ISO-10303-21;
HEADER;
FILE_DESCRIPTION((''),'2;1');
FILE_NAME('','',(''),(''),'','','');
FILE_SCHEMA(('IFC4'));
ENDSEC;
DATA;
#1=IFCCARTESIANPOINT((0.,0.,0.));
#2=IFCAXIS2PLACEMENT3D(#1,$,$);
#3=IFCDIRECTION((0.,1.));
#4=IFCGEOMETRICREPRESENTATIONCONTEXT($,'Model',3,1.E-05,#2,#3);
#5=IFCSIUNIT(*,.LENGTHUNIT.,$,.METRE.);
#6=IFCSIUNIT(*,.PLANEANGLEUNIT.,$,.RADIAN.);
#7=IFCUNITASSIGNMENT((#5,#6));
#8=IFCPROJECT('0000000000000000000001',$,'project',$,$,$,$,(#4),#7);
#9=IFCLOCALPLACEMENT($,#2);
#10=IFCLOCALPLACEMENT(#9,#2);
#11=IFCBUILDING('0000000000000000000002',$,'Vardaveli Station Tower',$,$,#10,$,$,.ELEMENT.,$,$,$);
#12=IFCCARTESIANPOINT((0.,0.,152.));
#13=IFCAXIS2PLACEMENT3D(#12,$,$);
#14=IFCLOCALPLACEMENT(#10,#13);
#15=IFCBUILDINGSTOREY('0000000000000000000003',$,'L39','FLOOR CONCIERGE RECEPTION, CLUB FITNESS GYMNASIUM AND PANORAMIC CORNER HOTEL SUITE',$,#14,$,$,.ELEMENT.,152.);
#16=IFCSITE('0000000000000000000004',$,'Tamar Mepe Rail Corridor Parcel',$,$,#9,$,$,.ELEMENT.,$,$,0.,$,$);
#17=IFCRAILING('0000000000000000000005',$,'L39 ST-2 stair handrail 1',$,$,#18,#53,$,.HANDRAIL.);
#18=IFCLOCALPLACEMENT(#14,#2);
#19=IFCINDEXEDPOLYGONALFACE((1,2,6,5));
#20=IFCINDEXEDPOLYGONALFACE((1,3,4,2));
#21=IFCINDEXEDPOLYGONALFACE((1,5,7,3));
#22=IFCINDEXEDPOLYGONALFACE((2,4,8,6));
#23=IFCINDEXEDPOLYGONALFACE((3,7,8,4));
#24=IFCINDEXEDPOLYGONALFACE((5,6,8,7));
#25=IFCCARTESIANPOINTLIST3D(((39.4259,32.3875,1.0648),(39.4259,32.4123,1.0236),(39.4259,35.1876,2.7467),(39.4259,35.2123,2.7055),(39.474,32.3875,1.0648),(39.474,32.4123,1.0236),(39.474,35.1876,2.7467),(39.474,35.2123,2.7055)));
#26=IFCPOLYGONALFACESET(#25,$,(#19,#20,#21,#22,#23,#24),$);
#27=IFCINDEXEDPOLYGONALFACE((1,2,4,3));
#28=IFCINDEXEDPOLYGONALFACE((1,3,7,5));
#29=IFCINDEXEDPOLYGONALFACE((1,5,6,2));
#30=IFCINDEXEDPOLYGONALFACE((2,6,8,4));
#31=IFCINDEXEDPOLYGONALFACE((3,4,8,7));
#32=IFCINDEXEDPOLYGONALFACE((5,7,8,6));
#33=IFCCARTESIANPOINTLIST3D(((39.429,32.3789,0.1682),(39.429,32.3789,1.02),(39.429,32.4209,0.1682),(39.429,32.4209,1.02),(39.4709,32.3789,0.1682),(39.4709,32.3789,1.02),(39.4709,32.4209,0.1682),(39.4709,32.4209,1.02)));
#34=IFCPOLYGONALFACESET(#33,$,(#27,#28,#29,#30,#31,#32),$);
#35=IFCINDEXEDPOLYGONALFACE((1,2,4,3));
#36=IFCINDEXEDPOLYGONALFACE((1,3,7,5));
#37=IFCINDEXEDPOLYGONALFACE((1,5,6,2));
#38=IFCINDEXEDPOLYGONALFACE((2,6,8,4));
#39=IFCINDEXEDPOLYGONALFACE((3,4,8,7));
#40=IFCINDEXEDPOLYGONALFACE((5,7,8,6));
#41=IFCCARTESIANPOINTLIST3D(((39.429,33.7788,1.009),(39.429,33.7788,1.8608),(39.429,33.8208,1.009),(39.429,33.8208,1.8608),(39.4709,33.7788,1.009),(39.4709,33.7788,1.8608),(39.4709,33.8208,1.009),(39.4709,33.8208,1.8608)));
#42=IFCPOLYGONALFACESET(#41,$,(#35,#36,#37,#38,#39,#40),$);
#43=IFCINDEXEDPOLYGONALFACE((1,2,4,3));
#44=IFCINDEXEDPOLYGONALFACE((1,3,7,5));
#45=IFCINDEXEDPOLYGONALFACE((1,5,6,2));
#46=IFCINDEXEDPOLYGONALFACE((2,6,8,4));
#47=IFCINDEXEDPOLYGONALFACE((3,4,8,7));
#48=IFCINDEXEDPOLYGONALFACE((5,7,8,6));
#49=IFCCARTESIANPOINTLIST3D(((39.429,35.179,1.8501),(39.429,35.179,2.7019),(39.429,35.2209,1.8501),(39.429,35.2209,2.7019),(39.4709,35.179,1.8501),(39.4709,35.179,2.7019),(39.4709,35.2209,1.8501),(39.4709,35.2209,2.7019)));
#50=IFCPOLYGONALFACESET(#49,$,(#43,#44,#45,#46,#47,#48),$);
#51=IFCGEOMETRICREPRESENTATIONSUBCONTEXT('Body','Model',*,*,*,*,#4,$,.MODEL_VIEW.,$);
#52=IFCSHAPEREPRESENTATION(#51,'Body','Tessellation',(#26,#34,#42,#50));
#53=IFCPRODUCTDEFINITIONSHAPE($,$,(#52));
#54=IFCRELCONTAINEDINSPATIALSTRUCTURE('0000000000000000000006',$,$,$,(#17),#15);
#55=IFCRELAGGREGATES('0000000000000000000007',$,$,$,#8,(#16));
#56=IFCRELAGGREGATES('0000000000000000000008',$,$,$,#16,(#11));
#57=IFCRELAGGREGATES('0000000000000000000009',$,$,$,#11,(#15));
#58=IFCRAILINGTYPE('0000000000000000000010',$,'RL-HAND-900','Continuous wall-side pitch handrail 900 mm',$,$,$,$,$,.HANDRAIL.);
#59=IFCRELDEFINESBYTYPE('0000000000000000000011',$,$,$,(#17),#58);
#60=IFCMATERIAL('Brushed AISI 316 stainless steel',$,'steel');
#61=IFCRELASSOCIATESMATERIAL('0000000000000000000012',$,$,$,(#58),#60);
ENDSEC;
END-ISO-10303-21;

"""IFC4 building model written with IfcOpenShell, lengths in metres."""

from ifc_helpers import new_model, si_unit, direction, frame, origin, origin_2d, place, context, subcontext, project, spatial, rectangle, extrude, source, transform, mapped, material, type_object, element, save


model = new_model("IFC4")

# Units and contexts
model_context = context("Model", 3, precision=1e-05, world=origin(), true_north=direction((0.0, 1.0)))
body_context = subcontext(model_context, "Body", "Model", "MODEL_VIEW")
ifc_project = project(units=[si_unit("LENGTHUNIT", "METRE"), si_unit("PLANEANGLEUNIT", "RADIAN")], contexts=[model_context])

# Site, building, storey
site_placement = place(None, origin())
site = spatial("IfcSite", under=ifc_project, at=site_placement, Name="Tamar Mepe Rail Corridor Parcel", CompositionType="ELEMENT", RefElevation=0.0)
building_placement = place(site_placement, origin())
building = spatial("IfcBuilding", under=site, at=building_placement, Name="Vardaveli Station Tower", CompositionType="ELEMENT")
storey_placement = place(building_placement, frame((0.0, 0.0, 152.0)))
storey = spatial("IfcBuildingStorey", under=building, at=storey_placement, Name="L39", Description="FLOOR CONCIERGE RECEPTION, CLUB FITNESS GYMNASIUM AND PANORAMIC CORNER HOTEL SUITE", CompositionType="ELEMENT", Elevation=152.0)

# Railing
ifc_material_1 = material(Name="Brushed AISI 316 stainless steel", Category="steel")
railing_type_1 = type_object("IfcRailingType", Name="RL-HAND-900", Description="Continuous wall-side pitch handrail 900 mm", PredefinedType="HANDRAIL", material=ifc_material_1)
shared_shape_1 = source(origin(), body_context, "Body", "SweptSolid", [
    extrude(rectangle(XDim=0.0481, YDim=0.0481, at=origin_2d()), frame((0.0, 0.0, 0.876), z_axis=(0.0, 0.857242, 0.514913), x_axis=(-1.0, 0.0, 0.0)), (0.0, 0.0, 1.0), 3.2664),
    extrude(rectangle(XDim=0.042, YDim=0.042, at=origin_2d()), origin(), (0.0, 0.0, 1.0), 0.8518),
    extrude(rectangle(XDim=0.042, YDim=0.042, at=origin_2d()), frame((0.0, 1.3999, 0.8408)), (0.0, 0.0, 1.0), 0.8518),
    extrude(rectangle(XDim=0.042, YDim=0.042, at=origin_2d()), frame((0.0, 2.8, 1.6819)), (0.0, 0.0, 1.0), 0.8518),
])
for number, where, name in (
    (1, (39.45, 32.3999, 0.1682), "L39 ST-2 stair handrail 1"),
):
    element("IfcRailing", number, at=place(storey_placement, frame(where)), inside=storey, type_object=railing_type_1, Name=name, PredefinedType="HANDRAIL", context=body_context, shape_type="MappedRepresentation", body=[
        mapped(shared_shape_1, transform((0.0, 0.0, 0.0), scale=1.0)),
    ])

save(model, "model.ifc")
